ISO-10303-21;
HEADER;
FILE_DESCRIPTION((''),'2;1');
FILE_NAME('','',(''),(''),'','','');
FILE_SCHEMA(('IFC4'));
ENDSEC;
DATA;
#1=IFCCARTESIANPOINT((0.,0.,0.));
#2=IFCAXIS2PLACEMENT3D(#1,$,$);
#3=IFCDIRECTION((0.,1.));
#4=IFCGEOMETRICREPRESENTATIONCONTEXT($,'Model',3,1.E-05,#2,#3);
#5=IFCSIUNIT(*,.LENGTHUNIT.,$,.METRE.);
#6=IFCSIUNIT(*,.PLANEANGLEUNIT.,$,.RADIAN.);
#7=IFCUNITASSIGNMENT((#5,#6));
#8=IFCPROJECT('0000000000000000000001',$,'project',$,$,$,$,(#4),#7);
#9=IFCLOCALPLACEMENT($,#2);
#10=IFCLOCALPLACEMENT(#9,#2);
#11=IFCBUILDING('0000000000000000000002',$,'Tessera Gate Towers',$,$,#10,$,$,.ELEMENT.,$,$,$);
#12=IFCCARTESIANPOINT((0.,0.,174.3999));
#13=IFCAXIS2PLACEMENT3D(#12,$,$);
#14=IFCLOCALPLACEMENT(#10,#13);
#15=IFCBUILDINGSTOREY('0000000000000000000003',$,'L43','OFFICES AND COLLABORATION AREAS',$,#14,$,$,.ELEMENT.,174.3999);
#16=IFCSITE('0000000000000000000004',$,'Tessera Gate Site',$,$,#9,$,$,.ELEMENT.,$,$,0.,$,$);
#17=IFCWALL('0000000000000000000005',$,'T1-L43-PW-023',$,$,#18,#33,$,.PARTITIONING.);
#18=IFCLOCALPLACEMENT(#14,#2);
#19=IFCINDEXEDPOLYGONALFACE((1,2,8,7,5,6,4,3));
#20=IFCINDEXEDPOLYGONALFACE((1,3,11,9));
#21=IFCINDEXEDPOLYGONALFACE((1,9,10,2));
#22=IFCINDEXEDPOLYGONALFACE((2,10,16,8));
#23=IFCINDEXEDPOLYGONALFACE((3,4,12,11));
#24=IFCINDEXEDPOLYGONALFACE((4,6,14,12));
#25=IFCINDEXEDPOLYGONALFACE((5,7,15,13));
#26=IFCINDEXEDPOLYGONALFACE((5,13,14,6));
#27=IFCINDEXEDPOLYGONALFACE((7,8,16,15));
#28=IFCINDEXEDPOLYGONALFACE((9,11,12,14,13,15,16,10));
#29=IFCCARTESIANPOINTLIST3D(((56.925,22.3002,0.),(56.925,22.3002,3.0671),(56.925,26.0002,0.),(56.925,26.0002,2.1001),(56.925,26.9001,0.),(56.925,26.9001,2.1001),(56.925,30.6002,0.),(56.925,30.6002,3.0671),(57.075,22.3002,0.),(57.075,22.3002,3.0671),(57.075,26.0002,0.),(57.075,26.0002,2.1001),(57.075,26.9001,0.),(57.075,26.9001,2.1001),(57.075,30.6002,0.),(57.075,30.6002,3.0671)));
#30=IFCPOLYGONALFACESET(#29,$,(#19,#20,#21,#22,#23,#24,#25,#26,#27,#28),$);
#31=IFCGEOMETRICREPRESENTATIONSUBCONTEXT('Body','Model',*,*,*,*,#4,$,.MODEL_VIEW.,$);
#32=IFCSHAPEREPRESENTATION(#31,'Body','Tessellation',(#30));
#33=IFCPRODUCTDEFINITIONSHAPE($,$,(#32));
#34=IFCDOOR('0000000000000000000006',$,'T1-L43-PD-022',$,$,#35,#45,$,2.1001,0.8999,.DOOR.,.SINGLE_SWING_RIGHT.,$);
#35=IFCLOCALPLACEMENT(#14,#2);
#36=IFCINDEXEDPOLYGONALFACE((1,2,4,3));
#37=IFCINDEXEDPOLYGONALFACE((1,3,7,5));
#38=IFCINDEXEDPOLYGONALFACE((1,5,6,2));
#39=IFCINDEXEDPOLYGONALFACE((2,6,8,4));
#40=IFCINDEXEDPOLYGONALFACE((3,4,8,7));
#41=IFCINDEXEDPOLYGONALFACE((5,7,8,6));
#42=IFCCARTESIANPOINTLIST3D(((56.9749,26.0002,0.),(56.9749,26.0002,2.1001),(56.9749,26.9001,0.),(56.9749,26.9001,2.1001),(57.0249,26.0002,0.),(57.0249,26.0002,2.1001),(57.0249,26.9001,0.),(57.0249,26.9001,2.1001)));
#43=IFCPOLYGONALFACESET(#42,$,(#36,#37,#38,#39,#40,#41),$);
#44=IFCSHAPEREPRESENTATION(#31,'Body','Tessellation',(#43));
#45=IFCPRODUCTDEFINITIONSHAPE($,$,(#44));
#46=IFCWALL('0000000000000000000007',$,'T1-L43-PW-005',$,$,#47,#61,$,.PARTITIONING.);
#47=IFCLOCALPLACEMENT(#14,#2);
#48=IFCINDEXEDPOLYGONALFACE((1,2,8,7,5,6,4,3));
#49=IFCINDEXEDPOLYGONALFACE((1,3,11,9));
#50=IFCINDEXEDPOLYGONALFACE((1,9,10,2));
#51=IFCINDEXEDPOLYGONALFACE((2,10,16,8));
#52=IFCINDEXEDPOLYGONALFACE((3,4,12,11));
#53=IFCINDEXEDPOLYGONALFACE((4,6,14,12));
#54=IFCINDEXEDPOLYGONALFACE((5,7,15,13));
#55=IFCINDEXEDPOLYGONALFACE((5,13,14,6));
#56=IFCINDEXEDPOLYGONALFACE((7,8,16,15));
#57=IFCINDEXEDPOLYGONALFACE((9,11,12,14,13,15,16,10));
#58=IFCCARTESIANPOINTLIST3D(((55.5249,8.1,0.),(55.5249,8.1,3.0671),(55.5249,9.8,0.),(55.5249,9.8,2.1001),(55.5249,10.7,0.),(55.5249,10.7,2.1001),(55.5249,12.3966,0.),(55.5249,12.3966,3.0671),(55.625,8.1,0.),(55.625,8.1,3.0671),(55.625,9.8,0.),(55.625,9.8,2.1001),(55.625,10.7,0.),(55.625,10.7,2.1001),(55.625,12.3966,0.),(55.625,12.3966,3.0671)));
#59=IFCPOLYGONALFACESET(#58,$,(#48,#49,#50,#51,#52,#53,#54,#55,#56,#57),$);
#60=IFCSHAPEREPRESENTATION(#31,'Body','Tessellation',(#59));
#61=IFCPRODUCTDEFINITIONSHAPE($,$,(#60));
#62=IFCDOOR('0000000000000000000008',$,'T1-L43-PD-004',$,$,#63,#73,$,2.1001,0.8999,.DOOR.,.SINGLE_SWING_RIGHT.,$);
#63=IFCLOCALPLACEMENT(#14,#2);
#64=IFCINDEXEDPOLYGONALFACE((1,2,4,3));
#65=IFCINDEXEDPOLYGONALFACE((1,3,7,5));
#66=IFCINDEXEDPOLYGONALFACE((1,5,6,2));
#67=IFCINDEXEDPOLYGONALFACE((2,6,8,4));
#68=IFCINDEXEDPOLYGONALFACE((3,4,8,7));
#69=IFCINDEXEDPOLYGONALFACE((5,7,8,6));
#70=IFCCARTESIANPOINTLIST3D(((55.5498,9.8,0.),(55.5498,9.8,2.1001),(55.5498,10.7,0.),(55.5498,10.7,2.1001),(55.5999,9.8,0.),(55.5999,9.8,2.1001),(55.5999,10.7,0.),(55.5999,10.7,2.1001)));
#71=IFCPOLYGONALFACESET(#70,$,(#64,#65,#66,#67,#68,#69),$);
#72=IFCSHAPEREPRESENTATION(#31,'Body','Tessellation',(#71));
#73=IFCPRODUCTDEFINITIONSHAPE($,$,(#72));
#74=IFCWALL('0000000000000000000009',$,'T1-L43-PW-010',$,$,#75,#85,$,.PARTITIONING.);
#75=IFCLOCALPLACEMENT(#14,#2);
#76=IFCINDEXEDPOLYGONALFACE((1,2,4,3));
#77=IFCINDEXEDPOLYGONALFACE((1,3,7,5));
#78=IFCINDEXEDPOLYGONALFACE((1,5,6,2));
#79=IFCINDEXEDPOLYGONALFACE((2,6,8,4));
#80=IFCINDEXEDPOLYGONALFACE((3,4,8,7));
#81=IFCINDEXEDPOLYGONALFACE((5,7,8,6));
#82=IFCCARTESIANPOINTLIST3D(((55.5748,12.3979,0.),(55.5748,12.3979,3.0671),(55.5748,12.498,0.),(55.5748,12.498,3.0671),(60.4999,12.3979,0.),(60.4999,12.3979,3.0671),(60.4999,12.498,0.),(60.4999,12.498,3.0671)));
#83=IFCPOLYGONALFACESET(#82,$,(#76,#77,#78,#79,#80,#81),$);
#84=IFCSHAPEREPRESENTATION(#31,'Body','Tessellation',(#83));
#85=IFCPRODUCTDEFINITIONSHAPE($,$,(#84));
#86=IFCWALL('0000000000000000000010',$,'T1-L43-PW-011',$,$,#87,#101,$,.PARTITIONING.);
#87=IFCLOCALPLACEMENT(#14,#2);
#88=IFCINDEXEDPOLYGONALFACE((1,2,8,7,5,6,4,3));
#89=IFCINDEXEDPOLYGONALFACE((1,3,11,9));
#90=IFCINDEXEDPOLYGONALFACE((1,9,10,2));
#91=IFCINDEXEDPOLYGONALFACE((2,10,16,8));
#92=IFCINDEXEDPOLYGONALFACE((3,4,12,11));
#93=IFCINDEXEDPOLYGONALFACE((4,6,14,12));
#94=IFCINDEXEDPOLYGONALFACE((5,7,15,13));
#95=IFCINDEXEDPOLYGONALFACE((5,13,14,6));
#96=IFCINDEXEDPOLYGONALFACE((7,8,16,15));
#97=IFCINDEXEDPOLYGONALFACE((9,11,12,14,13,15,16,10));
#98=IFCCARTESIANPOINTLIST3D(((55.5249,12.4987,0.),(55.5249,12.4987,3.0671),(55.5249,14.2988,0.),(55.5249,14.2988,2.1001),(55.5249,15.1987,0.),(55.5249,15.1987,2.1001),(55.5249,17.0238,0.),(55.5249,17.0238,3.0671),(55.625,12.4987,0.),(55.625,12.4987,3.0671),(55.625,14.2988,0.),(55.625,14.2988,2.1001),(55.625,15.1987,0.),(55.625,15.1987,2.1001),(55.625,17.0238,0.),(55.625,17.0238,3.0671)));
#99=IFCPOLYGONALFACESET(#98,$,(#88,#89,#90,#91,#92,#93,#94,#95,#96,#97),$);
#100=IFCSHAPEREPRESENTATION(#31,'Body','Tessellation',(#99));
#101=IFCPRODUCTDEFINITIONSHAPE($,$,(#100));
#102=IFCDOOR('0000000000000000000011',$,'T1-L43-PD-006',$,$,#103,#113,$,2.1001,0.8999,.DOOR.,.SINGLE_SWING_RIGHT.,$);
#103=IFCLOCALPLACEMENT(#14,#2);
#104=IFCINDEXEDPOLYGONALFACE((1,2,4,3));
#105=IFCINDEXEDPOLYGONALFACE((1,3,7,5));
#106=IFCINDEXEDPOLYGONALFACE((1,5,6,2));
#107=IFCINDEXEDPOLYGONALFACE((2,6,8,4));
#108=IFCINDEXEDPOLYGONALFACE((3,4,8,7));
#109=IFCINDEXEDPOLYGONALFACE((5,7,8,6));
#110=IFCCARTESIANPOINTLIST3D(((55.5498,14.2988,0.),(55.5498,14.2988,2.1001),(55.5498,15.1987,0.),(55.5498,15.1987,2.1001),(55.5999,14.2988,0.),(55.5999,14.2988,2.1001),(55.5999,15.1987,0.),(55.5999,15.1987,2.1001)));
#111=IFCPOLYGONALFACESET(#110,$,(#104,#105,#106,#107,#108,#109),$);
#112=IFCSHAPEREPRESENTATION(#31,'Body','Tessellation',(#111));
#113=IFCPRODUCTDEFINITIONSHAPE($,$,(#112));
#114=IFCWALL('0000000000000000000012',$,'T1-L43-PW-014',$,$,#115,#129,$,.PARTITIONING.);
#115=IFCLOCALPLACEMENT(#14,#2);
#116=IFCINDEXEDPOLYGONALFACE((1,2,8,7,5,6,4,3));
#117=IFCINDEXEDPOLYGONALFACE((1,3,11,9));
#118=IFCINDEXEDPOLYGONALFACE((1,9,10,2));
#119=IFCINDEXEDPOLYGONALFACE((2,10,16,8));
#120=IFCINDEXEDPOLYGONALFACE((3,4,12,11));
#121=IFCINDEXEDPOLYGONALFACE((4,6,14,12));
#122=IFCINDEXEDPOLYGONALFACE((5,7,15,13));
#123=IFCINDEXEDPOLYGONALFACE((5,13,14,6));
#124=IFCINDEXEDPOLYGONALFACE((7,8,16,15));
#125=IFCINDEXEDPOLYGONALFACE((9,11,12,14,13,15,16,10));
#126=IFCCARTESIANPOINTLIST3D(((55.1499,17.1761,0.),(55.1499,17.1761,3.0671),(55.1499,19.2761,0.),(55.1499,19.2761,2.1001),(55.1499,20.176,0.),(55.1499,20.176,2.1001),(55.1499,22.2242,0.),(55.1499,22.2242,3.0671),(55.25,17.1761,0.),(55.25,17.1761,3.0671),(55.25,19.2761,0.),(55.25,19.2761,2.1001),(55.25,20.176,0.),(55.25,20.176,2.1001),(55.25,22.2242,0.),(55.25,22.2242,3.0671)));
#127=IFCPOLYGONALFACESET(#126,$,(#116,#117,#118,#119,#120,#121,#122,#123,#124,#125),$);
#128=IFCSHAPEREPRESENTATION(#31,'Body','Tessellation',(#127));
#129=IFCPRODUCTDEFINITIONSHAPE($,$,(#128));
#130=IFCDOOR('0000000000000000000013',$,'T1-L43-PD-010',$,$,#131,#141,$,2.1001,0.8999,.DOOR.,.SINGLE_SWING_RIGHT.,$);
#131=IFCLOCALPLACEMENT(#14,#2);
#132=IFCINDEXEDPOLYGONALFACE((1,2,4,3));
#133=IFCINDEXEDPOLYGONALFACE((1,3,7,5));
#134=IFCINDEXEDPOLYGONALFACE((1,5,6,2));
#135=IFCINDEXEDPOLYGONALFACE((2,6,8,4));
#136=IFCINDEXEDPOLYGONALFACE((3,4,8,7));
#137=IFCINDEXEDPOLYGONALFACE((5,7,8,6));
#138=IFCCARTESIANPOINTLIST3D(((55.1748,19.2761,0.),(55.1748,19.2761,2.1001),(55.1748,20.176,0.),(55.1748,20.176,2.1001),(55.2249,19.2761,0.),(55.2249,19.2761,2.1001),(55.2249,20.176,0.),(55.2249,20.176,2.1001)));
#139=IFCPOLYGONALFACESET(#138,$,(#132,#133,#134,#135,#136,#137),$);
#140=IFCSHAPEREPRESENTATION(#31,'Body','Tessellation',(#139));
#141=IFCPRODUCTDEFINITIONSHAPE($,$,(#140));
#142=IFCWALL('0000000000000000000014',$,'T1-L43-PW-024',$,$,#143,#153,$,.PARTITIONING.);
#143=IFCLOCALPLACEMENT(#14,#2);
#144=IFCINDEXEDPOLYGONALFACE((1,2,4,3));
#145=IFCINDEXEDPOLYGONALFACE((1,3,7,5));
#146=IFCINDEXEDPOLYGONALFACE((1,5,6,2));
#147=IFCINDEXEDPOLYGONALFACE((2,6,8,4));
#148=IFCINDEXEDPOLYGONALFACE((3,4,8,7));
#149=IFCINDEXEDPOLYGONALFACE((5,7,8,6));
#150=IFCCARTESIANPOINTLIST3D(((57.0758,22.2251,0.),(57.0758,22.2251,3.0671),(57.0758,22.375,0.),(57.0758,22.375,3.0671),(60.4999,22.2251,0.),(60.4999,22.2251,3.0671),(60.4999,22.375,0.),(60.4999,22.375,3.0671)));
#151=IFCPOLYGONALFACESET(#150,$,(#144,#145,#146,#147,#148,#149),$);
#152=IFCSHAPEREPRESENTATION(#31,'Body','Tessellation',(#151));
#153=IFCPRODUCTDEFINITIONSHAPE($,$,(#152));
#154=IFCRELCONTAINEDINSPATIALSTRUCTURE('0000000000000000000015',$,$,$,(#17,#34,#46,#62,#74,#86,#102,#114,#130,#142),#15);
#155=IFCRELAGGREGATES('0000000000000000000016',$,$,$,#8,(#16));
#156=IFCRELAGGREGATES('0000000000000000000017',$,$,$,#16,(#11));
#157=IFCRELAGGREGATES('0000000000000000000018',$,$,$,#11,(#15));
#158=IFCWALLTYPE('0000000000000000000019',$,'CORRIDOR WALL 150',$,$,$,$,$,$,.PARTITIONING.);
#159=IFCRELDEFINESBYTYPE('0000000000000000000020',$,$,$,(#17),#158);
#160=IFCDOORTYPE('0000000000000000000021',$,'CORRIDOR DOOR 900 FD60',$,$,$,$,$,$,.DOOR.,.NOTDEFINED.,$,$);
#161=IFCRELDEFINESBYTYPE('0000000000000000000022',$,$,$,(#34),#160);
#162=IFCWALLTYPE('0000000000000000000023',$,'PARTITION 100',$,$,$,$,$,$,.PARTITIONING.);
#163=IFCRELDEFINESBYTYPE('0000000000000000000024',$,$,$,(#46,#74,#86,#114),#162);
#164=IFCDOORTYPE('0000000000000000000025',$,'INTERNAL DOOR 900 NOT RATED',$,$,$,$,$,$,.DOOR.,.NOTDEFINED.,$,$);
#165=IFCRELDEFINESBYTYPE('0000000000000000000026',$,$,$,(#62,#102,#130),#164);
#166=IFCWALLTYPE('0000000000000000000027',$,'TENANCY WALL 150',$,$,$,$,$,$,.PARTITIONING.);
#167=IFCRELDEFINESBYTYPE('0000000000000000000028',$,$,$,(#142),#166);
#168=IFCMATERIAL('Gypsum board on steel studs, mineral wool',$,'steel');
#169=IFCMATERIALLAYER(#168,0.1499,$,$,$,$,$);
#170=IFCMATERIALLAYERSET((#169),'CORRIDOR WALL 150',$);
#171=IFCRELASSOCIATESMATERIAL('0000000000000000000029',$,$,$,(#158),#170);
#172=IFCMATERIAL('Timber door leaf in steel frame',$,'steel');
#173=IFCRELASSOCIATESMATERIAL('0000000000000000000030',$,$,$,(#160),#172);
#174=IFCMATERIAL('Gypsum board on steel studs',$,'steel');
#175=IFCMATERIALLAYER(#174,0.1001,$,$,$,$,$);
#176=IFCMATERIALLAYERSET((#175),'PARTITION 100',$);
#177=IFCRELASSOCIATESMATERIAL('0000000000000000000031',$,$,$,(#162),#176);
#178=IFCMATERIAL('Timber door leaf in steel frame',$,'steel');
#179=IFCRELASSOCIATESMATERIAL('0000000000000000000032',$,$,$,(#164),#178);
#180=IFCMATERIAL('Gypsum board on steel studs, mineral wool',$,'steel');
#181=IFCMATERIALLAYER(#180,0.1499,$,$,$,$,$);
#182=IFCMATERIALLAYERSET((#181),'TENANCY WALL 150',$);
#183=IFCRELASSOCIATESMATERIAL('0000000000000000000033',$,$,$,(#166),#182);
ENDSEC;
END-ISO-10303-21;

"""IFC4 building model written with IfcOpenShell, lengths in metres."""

from ifc_helpers import new_model, si_unit, direction, frame, frame_2d, origin, place, context, subcontext, project, spatial, rectangle, extrude, source, transform, mapped, material, layer, layer_set, type_object, element, fill, save


model = new_model("IFC4")

# Units and contexts
model_context = context("Model", 3, precision=1e-05, world=origin(), true_north=direction((0.0, 1.0)))
body_context = subcontext(model_context, "Body", "Model", "MODEL_VIEW")
ifc_project = project(units=[si_unit("LENGTHUNIT", "METRE"), si_unit("PLANEANGLEUNIT", "RADIAN")], contexts=[model_context])

# Site, building, storey
site_placement = place(None, origin())
site = spatial("IfcSite", under=ifc_project, at=site_placement, Name="Tessera Gate Site", CompositionType="ELEMENT", RefElevation=0.0)
building_placement = place(site_placement, origin())
building = spatial("IfcBuilding", under=site, at=building_placement, Name="Tessera Gate Towers", CompositionType="ELEMENT")
storey_placement = place(building_placement, frame((0.0, 0.0, 174.3999)))
storey = spatial("IfcBuildingStorey", under=building, at=storey_placement, Name="L43", Description="OFFICES AND COLLABORATION AREAS", CompositionType="ELEMENT", Elevation=174.3999)

# Walls, openings, doors
ifc_material_1 = material(Name="Gypsum board on steel studs, mineral wool", Category="steel")
ifc_layer_1 = layer(ifc_material_1, 0.1499)
ifc_layer_set_1 = layer_set([ifc_layer_1], Name="CORRIDOR WALL 150")
wall_type_1 = type_object("IfcWallType", Name="CORRIDOR WALL 150", PredefinedType="PARTITIONING", material=ifc_layer_set_1)
wall_1_placement = place(storey_placement, frame((57.0, 30.6001, 0.0), z_axis=(0.0, 0.0, 1.0), x_axis=(0.0, -1.0, 0.0)))
wall_1 = element("IfcWall", 1, at=wall_1_placement, inside=storey, type_object=wall_type_1, Name="T1-L43-PW-023", PredefinedType="PARTITIONING", context=body_context, shape_type="SweptSolid", body=[
    extrude(rectangle(XDim=8.3, YDim=0.1499, at=frame_2d((4.1499, 0.0))), origin(), (0.0, 0.0, 1.0), 3.0671),
])
shared_shape_1 = source(origin(), body_context, "Body", "SweptSolid", [
    extrude(rectangle(XDim=0.8999, YDim=2.1001, at=frame_2d((0.45, 1.05))), frame((0.0, 0.085, 0.0), z_axis=(0.0, -1.0, 0.0), x_axis=(1.0, 0.0, 0.0)), (0.0, 0.0, 1.0), 0.1699),
])
opening_1_placement = place(wall_1_placement, frame((3.7, 0.0, 0.0)))
opening_1 = element("IfcOpeningElement", 2, at=opening_1_placement, cuts=wall_1, PredefinedType="OPENING", context=body_context, shape_type="MappedRepresentation", body=[
    mapped(shared_shape_1, transform((0.0, 0.0, 0.0), scale=1.0)),
])
ifc_material_2 = material(Name="Timber door leaf in steel frame", Category="steel")
door_type_1 = type_object("IfcDoorType", Name="CORRIDOR DOOR 900 FD60", OperationType="NOTDEFINED", PredefinedType="DOOR", material=ifc_material_2)
shared_shape_2 = source(origin(), body_context, "Body", "SweptSolid", [
    extrude(rectangle(XDim=0.8999, YDim=2.1001, at=frame_2d((0.45, 1.05))), frame((0.0, 0.0249, 0.0), z_axis=(0.0, -1.0, 0.0), x_axis=(1.0, 0.0, 0.0)), (0.0, 0.0, 1.0), 0.05),
])
door_1_placement = place(opening_1_placement, origin())
door_1 = element("IfcDoor", 3, at=door_1_placement, inside=storey, type_object=door_type_1, Name="T1-L43-PD-022", OperationType="SINGLE_SWING_RIGHT", OverallHeight=2.1001, OverallWidth=0.8999, PredefinedType="DOOR", context=body_context, shape_type="MappedRepresentation", body=[
    mapped(shared_shape_2, transform((0.0, 0.0, 0.0), scale=1.0)),
])
fill(opening_1, door_1)
ifc_material_3 = material(Name="Gypsum board on steel studs", Category="steel")
ifc_layer_2 = layer(ifc_material_3, 0.1001)
ifc_layer_set_2 = layer_set([ifc_layer_2], Name="PARTITION 100")
wall_type_2 = type_object("IfcWallType", Name="PARTITION 100", PredefinedType="PARTITIONING", material=ifc_layer_set_2)
wall_2_placement = place(storey_placement, frame((55.575, 12.3967, 0.0), z_axis=(0.0, 0.0, 1.0), x_axis=(0.0, -1.0, 0.0)))
wall_2 = element("IfcWall", 4, at=wall_2_placement, inside=storey, type_object=wall_type_2, Name="T1-L43-PW-005", PredefinedType="PARTITIONING", context=body_context, shape_type="SweptSolid", body=[
    extrude(rectangle(XDim=4.2966, YDim=0.1001, at=frame_2d((2.1484, 0.0))), origin(), (0.0, 0.0, 1.0), 3.0671),
])
shared_shape_3 = source(origin(), body_context, "Body", "SweptSolid", [
    extrude(rectangle(XDim=0.8999, YDim=2.1001, at=frame_2d((0.45, 1.05))), frame((0.0, 0.0601, 0.0), z_axis=(0.0, -1.0, 0.0), x_axis=(1.0, 0.0, 0.0)), (0.0, 0.0, 1.0), 0.1201),
])
opening_2_placement = place(wall_2_placement, frame((1.6968, 0.0, 0.0)))
opening_2 = element("IfcOpeningElement", 5, at=opening_2_placement, cuts=wall_2, PredefinedType="OPENING", context=body_context, shape_type="MappedRepresentation", body=[
    mapped(shared_shape_3, transform((0.0, 0.0, 0.0), scale=1.0)),
])
ifc_material_4 = material(Name="Timber door leaf in steel frame", Category="steel")
door_type_2 = type_object("IfcDoorType", Name="INTERNAL DOOR 900 NOT RATED", OperationType="NOTDEFINED", PredefinedType="DOOR", material=ifc_material_4)
door_2_placement = place(opening_2_placement, origin())
door_2 = element("IfcDoor", 6, at=door_2_placement, inside=storey, type_object=door_type_2, Name="T1-L43-PD-004", OperationType="SINGLE_SWING_RIGHT", OverallHeight=2.1001, OverallWidth=0.8999, PredefinedType="DOOR", context=body_context, shape_type="MappedRepresentation", body=[
    mapped(shared_shape_2, transform((0.0, 0.0, 0.0), scale=1.0)),
])
fill(opening_2, door_2)

# Wall
wall_3_placement = place(storey_placement, frame((55.575, 12.448, 0.0), z_axis=(0.0, 0.0, 1.0), x_axis=(1.0, 0.0, 0.0)))
element("IfcWall", 7, at=wall_3_placement, inside=storey, type_object=wall_type_2, Name="T1-L43-PW-010", PredefinedType="PARTITIONING", context=body_context, shape_type="SweptSolid", body=[
    extrude(rectangle(XDim=4.925, YDim=0.1001, at=frame_2d((2.4624, 0.0))), origin(), (0.0, 0.0, 1.0), 3.0671),
])

# Walls, openings, doors
wall_4_placement = place(storey_placement, frame((55.575, 17.0239, 0.0), z_axis=(0.0, 0.0, 1.0), x_axis=(0.0, -1.0, 0.0)))
wall_4 = element("IfcWall", 8, at=wall_4_placement, inside=storey, type_object=wall_type_2, Name="T1-L43-PW-011", PredefinedType="PARTITIONING", context=body_context, shape_type="SweptSolid", body=[
    extrude(rectangle(XDim=4.5251, YDim=0.1001, at=frame_2d((2.2627, 0.0))), origin(), (0.0, 0.0, 1.0), 3.0671),
])
opening_3_placement = place(wall_4_placement, frame((1.8252, 0.0, 0.0)))
opening_3 = element("IfcOpeningElement", 9, at=opening_3_placement, cuts=wall_4, PredefinedType="OPENING", context=body_context, shape_type="MappedRepresentation", body=[
    mapped(shared_shape_3, transform((0.0, 0.0, 0.0), scale=1.0)),
])
door_3_placement = place(opening_3_placement, origin())
door_3 = element("IfcDoor", 10, at=door_3_placement, inside=storey, type_object=door_type_2, Name="T1-L43-PD-006", OperationType="SINGLE_SWING_RIGHT", OverallHeight=2.1001, OverallWidth=0.8999, PredefinedType="DOOR", context=body_context, shape_type="MappedRepresentation", body=[
    mapped(shared_shape_2, transform((0.0, 0.0, 0.0), scale=1.0)),
])
fill(opening_3, door_3)
wall_5_placement = place(storey_placement, frame((55.2, 22.2241, 0.0), z_axis=(0.0, 0.0, 1.0), x_axis=(0.0, -1.0, 0.0)))
wall_5 = element("IfcWall", 11, at=wall_5_placement, inside=storey, type_object=wall_type_2, Name="T1-L43-PW-014", PredefinedType="PARTITIONING", context=body_context, shape_type="SweptSolid", body=[
    extrude(rectangle(XDim=5.0481, YDim=0.1001, at=frame_2d((2.5239, 0.0))), origin(), (0.0, 0.0, 1.0), 3.0671),
])
opening_4_placement = place(wall_5_placement, frame((2.0481, 0.0, 0.0)))
opening_4 = element("IfcOpeningElement", 12, at=opening_4_placement, cuts=wall_5, PredefinedType="OPENING", context=body_context, shape_type="MappedRepresentation", body=[
    mapped(shared_shape_3, transform((0.0, 0.0, 0.0), scale=1.0)),
])
door_4_placement = place(opening_4_placement, origin())
door_4 = element("IfcDoor", 13, at=door_4_placement, inside=storey, type_object=door_type_2, Name="T1-L43-PD-010", OperationType="SINGLE_SWING_RIGHT", OverallHeight=2.1001, OverallWidth=0.8999, PredefinedType="DOOR", context=body_context, shape_type="MappedRepresentation", body=[
    mapped(shared_shape_2, transform((0.0, 0.0, 0.0), scale=1.0)),
])
fill(opening_4, door_4)

# Wall
ifc_material_5 = material(Name="Gypsum board on steel studs, mineral wool", Category="steel")
ifc_layer_3 = layer(ifc_material_5, 0.1499)
ifc_layer_set_3 = layer_set([ifc_layer_3], Name="TENANCY WALL 150")
wall_type_3 = type_object("IfcWallType", Name="TENANCY WALL 150", PredefinedType="PARTITIONING", material=ifc_layer_set_3)
wall_6_placement = place(storey_placement, frame((57.0759, 22.3, 0.0), z_axis=(0.0, 0.0, 1.0), x_axis=(1.0, 0.0, 0.0)))
element("IfcWall", 14, at=wall_6_placement, inside=storey, type_object=wall_type_3, Name="T1-L43-PW-024", PredefinedType="PARTITIONING", context=body_context, shape_type="SweptSolid", body=[
    extrude(rectangle(XDim=3.4241, YDim=0.1499, at=frame_2d((1.7119, 0.0))), origin(), (0.0, 0.0, 1.0), 3.0671),
])

save(model, "model.ifc")
